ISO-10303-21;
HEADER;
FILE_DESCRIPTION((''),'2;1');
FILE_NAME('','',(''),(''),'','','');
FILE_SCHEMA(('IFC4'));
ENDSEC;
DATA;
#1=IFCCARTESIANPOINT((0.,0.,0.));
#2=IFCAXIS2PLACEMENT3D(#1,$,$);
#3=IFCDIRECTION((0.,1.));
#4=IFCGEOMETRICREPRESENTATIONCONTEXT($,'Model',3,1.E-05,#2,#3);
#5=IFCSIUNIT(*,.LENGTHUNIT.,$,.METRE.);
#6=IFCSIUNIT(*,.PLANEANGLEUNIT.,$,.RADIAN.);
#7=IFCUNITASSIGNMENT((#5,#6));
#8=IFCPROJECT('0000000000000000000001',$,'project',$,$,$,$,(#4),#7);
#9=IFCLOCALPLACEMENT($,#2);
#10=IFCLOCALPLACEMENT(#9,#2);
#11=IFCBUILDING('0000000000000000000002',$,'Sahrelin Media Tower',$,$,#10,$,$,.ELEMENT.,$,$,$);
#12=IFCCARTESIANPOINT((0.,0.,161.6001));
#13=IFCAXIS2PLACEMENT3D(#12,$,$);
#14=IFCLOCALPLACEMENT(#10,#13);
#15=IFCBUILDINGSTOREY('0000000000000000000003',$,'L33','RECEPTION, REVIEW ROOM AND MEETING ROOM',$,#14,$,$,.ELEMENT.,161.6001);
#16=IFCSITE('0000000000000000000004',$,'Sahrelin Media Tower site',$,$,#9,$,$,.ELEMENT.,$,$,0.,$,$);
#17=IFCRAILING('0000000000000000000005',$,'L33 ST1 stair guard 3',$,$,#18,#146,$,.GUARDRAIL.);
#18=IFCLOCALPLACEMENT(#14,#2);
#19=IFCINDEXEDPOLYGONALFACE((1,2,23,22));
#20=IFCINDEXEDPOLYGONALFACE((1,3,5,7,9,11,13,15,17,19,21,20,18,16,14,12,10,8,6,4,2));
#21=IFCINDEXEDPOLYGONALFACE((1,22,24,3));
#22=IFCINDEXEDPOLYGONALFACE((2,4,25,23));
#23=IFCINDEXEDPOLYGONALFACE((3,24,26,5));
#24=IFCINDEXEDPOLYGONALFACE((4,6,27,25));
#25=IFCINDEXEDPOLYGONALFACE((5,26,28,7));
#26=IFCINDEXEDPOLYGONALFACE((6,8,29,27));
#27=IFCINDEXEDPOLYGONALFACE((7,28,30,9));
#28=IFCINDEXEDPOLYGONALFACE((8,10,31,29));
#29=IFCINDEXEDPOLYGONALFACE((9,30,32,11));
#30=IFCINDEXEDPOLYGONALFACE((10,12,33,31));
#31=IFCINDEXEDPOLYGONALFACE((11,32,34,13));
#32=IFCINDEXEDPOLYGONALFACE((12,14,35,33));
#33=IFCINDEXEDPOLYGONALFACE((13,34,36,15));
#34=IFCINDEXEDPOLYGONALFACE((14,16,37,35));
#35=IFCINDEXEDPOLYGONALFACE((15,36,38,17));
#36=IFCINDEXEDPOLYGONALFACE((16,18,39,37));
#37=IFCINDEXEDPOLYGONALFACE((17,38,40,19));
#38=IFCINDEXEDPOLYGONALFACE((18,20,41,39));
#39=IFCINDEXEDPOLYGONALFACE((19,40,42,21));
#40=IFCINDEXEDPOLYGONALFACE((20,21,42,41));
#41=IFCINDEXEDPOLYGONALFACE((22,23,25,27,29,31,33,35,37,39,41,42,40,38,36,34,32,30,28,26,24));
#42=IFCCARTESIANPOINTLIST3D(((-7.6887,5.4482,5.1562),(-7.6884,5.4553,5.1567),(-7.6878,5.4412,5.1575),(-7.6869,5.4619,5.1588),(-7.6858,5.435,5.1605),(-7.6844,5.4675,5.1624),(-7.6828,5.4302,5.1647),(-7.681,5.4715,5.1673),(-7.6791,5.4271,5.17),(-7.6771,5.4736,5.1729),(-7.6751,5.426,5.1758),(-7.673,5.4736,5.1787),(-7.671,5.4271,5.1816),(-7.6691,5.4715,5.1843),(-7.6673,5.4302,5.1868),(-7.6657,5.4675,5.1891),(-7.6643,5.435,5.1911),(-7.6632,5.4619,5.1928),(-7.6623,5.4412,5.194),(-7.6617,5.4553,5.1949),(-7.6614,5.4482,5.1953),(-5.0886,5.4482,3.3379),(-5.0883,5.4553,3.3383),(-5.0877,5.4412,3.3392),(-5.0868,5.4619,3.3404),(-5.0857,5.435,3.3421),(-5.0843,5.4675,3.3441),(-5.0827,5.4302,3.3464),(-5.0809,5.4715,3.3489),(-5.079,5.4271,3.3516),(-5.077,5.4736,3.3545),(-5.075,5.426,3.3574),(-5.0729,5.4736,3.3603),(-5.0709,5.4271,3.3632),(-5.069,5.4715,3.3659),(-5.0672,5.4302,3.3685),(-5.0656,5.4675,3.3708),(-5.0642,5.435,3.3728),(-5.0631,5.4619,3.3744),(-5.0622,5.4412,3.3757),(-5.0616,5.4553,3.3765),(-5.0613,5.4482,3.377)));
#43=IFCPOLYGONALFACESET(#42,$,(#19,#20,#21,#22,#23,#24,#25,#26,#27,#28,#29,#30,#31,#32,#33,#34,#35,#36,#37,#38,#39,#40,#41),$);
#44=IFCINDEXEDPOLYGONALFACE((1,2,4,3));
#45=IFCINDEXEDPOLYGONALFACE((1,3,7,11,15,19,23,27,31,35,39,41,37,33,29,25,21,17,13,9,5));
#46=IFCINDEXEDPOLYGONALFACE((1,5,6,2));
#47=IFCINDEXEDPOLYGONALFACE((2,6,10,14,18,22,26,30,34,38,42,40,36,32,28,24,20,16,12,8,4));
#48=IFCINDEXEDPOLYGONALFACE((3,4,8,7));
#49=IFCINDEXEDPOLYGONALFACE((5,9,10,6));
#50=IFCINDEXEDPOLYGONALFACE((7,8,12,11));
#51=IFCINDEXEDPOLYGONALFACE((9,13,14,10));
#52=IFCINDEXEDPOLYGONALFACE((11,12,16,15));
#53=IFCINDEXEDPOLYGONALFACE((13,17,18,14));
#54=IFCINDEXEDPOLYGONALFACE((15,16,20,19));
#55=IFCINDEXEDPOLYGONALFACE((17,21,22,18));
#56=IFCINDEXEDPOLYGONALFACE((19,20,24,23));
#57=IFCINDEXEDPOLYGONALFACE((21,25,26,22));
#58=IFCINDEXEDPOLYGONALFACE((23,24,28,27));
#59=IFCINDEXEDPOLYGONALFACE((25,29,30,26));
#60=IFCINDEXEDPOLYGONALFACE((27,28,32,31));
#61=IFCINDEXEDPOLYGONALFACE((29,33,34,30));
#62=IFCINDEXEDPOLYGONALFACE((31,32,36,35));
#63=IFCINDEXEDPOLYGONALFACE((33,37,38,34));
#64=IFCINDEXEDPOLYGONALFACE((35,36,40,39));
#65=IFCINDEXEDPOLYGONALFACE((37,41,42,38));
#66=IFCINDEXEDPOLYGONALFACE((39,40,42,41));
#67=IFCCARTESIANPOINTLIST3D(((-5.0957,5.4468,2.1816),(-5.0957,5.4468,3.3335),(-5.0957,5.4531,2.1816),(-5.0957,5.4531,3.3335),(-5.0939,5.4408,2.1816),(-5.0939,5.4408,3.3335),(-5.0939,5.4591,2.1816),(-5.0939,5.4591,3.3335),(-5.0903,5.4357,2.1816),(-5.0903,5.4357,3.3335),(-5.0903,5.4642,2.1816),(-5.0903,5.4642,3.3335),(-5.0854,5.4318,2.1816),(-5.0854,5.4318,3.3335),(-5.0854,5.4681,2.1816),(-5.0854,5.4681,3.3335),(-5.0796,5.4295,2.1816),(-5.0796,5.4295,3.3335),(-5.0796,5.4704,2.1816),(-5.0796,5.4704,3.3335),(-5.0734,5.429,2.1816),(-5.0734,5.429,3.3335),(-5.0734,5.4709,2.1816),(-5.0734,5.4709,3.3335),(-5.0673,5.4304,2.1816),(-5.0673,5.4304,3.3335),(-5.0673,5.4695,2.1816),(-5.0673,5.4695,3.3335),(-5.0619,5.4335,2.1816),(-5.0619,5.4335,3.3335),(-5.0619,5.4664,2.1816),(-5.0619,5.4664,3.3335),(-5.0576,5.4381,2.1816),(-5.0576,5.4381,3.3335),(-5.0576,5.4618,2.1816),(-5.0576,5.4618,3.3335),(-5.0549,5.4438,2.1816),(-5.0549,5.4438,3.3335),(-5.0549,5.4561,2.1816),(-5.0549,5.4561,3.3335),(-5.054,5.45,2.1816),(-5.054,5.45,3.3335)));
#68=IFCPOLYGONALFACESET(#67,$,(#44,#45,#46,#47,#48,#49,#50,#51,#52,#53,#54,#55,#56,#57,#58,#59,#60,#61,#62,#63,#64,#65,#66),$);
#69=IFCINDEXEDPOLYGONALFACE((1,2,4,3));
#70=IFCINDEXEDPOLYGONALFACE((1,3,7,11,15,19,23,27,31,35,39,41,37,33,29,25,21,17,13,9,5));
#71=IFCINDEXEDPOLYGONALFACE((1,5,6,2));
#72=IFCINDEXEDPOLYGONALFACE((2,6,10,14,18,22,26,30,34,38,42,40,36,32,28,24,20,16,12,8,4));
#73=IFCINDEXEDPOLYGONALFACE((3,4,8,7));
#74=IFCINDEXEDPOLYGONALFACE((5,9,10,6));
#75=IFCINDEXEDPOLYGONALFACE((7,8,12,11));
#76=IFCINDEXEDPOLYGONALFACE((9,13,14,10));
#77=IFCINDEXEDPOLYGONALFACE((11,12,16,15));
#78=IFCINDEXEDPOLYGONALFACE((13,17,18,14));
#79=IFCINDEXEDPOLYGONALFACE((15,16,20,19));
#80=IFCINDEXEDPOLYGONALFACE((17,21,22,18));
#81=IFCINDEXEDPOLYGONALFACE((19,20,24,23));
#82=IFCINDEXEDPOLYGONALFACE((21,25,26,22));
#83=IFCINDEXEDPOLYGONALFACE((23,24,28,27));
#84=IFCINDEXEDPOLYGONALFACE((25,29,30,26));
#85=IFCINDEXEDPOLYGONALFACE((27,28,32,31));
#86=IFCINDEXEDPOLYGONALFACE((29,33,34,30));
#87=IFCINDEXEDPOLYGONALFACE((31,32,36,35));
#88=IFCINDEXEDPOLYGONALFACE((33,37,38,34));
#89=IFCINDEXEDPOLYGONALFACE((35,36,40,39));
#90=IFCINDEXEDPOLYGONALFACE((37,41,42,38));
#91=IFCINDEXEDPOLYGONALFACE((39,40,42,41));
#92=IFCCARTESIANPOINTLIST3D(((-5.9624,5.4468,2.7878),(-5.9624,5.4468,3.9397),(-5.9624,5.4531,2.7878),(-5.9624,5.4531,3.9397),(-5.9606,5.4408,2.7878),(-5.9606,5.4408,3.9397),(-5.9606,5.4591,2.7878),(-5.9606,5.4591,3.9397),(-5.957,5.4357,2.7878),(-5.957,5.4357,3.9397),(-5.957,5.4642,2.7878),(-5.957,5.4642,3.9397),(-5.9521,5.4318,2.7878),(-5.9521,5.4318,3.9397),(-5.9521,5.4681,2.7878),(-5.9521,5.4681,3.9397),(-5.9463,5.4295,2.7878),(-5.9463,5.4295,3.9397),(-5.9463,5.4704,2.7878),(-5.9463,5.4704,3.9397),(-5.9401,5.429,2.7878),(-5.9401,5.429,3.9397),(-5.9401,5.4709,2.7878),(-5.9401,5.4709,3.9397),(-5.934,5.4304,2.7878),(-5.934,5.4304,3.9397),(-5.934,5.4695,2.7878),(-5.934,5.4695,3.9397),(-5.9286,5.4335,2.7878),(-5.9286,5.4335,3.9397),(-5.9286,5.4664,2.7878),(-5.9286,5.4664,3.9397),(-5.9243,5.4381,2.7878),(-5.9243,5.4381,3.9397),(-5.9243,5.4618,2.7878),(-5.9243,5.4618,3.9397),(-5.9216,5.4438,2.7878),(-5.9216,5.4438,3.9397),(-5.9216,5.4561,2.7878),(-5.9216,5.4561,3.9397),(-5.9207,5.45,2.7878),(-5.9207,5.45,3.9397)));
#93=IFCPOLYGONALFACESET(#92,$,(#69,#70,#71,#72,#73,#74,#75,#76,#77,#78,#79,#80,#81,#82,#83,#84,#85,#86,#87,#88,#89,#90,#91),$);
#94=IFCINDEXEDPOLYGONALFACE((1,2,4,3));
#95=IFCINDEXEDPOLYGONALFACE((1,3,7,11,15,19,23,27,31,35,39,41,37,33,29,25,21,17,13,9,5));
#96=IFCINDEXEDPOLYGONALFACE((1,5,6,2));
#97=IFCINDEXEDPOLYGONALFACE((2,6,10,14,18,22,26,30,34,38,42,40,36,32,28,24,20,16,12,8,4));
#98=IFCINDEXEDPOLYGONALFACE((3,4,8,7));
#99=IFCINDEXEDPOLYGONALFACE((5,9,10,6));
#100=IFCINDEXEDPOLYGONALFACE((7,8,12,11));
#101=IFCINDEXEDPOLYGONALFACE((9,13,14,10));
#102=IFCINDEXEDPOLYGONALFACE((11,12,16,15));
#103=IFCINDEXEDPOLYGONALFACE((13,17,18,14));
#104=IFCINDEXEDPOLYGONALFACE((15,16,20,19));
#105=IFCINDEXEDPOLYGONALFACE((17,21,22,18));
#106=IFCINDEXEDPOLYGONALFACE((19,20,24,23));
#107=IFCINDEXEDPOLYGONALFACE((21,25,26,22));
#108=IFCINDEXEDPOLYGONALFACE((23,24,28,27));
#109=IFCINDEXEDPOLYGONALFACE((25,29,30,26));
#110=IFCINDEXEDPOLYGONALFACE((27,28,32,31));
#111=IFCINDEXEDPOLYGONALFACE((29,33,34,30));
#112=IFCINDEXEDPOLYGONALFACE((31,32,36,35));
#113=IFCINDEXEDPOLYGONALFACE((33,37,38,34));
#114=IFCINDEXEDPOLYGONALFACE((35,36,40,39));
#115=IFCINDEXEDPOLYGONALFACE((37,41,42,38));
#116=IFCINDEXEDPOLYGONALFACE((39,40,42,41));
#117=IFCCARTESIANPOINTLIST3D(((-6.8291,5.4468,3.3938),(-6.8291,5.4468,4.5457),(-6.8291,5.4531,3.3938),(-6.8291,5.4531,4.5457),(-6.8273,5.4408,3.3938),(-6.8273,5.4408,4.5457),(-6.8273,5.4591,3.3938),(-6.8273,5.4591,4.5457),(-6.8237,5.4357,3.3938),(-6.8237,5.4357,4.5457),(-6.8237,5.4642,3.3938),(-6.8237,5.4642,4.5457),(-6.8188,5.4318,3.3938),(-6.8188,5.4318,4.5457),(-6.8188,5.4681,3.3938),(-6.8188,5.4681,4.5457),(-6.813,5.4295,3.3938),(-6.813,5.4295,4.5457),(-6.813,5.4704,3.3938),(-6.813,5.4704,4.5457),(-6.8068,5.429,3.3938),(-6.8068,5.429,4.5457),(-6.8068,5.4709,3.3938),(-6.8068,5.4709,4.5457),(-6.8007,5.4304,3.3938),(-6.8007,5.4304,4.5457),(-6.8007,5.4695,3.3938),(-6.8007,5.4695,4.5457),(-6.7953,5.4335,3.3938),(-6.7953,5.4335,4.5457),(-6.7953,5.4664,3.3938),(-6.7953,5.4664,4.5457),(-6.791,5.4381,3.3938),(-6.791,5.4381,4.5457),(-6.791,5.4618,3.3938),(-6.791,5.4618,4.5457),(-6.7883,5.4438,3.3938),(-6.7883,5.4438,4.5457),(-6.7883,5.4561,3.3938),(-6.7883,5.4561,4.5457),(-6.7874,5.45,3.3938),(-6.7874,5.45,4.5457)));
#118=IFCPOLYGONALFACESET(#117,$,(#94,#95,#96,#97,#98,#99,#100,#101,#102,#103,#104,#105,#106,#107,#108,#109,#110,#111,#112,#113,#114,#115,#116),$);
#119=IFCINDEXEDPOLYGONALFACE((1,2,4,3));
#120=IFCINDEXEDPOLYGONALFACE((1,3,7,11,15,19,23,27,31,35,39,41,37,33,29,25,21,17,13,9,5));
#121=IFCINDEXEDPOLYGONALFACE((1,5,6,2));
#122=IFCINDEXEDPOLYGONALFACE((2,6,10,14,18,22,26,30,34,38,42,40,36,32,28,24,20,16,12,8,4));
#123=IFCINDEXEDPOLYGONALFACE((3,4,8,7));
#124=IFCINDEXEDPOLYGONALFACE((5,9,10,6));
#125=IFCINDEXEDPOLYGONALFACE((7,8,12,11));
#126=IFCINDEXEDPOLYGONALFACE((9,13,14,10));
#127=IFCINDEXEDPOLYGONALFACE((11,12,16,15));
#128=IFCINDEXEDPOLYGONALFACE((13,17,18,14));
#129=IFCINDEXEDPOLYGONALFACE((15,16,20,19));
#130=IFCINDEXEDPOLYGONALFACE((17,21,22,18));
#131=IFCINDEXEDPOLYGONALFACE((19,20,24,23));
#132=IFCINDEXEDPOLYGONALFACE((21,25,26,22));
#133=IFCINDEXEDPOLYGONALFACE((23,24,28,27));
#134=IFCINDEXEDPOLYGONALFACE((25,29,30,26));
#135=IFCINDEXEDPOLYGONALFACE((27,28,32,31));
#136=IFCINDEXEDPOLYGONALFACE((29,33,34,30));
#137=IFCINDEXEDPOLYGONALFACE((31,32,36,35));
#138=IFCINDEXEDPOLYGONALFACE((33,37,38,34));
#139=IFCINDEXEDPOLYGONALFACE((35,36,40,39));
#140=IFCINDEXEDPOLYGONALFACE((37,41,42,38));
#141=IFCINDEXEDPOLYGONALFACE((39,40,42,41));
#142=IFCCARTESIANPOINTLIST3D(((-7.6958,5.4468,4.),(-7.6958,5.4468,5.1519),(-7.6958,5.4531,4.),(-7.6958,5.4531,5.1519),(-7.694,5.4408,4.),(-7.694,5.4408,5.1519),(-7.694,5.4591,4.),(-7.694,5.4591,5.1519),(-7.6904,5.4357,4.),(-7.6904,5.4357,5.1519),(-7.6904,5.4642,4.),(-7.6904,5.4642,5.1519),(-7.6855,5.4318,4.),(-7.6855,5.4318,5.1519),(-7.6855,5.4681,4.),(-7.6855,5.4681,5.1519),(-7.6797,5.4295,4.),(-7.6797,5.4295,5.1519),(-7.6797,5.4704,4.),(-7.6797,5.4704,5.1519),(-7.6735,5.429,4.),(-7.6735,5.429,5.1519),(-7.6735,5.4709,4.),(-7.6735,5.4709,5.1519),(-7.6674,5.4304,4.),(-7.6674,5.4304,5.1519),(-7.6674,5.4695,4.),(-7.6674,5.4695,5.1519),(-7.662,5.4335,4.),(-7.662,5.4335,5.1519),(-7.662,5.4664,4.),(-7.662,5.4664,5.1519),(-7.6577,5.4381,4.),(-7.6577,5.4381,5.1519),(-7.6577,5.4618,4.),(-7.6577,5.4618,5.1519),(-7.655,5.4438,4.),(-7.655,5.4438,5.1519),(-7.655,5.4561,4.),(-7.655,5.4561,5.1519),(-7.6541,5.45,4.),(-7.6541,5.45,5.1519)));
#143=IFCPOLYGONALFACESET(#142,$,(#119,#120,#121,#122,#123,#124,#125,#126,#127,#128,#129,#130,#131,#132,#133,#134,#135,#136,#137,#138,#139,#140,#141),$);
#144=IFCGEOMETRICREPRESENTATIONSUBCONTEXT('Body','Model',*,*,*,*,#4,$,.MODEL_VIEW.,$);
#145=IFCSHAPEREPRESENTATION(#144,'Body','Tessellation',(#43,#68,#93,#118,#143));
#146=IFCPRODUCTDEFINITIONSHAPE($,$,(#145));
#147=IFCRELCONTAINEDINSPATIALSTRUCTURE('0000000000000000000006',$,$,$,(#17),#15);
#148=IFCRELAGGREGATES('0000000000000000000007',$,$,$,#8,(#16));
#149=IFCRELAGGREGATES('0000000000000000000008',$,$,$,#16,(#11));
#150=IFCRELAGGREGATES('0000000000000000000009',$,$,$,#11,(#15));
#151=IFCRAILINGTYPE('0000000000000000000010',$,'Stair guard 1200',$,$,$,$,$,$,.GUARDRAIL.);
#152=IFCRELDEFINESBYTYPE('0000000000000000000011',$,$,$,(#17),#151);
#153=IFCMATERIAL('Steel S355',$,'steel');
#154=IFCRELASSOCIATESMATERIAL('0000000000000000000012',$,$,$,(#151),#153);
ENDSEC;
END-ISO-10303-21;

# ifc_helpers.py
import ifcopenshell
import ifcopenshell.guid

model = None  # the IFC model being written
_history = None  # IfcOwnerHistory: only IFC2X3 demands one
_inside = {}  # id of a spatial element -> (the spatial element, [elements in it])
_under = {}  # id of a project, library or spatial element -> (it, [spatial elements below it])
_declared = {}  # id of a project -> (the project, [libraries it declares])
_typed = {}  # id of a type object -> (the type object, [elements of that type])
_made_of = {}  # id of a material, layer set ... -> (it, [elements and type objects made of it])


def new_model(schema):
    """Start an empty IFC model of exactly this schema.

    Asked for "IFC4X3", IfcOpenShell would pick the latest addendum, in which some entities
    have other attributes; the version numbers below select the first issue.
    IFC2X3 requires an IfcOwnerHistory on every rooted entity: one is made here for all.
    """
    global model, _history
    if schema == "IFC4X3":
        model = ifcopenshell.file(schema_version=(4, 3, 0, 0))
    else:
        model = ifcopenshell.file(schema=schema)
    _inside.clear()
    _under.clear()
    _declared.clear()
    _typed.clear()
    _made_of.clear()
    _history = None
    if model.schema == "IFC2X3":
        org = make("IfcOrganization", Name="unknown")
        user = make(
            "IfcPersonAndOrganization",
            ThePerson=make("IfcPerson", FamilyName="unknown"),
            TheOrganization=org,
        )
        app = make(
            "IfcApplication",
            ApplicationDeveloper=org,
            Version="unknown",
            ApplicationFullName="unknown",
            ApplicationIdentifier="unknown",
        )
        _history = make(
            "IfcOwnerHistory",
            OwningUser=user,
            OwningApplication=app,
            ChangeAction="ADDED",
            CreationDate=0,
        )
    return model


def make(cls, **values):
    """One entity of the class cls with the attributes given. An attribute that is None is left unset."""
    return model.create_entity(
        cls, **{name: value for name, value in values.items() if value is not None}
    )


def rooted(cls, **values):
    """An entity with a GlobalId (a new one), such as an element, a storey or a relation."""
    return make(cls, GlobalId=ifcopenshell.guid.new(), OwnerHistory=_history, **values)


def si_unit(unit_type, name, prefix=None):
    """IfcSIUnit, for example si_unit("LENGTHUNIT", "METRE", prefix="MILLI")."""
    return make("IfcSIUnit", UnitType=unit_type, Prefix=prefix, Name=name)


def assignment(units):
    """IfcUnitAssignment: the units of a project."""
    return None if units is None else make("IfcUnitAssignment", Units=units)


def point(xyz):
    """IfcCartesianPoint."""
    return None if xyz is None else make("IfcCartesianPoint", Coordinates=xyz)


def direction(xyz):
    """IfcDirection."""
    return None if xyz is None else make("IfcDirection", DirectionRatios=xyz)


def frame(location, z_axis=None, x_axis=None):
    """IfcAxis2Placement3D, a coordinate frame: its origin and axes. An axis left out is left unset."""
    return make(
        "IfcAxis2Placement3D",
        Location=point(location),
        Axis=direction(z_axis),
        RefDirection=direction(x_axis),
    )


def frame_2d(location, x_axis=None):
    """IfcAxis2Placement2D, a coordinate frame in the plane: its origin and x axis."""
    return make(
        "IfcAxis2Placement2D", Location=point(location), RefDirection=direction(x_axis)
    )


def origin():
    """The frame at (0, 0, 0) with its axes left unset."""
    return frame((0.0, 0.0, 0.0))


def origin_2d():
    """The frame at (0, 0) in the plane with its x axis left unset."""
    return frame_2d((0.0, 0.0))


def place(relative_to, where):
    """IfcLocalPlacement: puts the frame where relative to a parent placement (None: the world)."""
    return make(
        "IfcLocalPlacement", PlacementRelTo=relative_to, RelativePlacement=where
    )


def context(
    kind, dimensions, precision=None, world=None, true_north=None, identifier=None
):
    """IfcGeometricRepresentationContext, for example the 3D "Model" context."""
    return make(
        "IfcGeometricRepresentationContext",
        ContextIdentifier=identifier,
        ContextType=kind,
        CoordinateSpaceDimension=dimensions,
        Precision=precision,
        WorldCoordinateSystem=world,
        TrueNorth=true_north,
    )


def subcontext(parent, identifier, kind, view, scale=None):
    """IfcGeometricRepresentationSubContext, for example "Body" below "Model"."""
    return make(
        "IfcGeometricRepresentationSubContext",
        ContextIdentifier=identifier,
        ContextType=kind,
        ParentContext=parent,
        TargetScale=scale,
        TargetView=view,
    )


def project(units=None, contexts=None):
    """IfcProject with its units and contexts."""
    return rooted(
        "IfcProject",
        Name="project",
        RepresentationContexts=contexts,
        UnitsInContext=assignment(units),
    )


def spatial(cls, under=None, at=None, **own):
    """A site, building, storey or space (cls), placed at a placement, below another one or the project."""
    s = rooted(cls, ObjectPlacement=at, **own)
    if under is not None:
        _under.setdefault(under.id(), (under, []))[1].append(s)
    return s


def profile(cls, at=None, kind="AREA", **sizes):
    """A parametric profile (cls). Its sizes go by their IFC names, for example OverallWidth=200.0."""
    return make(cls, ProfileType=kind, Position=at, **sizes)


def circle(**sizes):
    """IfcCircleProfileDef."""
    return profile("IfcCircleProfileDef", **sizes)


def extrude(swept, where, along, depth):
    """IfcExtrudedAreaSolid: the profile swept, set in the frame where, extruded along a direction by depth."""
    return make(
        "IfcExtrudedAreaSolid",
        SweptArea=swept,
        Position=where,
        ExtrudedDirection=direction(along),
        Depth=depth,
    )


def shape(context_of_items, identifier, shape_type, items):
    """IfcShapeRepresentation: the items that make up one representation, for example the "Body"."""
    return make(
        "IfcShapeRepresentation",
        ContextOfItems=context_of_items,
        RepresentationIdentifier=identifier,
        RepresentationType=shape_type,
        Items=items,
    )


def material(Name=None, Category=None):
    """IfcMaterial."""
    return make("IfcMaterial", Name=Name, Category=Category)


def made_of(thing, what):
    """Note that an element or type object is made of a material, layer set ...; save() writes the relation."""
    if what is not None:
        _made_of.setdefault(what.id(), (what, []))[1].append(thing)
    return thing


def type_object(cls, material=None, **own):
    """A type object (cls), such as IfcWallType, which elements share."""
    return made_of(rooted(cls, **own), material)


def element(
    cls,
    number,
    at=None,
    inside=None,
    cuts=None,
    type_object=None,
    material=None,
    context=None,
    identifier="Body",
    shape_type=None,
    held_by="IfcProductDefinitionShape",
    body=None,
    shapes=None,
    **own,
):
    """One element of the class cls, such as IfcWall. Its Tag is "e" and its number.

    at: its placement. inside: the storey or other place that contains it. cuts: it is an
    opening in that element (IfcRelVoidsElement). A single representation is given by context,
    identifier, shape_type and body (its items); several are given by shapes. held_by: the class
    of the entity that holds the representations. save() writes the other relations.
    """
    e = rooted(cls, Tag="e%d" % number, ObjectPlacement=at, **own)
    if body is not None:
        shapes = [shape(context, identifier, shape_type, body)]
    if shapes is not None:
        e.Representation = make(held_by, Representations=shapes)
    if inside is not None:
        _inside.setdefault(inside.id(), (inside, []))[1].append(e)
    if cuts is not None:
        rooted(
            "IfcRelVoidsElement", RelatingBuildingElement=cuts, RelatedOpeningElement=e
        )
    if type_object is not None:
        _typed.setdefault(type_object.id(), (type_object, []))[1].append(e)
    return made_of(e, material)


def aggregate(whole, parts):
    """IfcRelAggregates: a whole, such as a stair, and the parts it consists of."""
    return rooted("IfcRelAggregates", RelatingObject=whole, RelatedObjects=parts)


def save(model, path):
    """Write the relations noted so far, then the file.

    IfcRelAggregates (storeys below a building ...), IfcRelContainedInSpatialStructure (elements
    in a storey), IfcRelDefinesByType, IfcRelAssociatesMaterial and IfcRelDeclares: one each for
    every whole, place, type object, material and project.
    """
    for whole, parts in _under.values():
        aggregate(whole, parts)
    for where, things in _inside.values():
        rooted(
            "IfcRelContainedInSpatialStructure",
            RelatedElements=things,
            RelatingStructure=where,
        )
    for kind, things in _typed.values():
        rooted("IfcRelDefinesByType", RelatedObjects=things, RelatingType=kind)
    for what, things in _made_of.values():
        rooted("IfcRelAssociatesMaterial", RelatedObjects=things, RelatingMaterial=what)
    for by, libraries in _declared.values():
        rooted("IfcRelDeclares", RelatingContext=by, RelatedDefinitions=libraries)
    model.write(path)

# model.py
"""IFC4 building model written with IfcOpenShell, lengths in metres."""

from ifc_helpers import new_model, si_unit, direction, frame, origin, origin_2d, place, context, subcontext, project, spatial, circle, extrude, material, type_object, element, save


model = new_model("IFC4")

# Units and contexts
model_context = context("Model", 3, precision=1e-05, world=origin(), true_north=direction((0.0, 1.0)))
body_context = subcontext(model_context, "Body", "Model", "MODEL_VIEW")
ifc_project = project(units=[si_unit("LENGTHUNIT", "METRE"), si_unit("PLANEANGLEUNIT", "RADIAN")], contexts=[model_context])

# Site, building, storey
site_placement = place(None, origin())
site = spatial("IfcSite", under=ifc_project, at=site_placement, Name="Sahrelin Media Tower site", CompositionType="ELEMENT", RefElevation=0.0)
building_placement = place(site_placement, origin())
building = spatial("IfcBuilding", under=site, at=building_placement, Name="Sahrelin Media Tower", CompositionType="ELEMENT")
storey_placement = place(building_placement, frame((0.0, 0.0, 161.6001)))
storey = spatial("IfcBuildingStorey", under=building, at=storey_placement, Name="L33", Description="RECEPTION, REVIEW ROOM AND MEETING ROOM", CompositionType="ELEMENT", Elevation=161.6001)

# Shared definitions
ifc_material_1 = material(Name="Steel S355", Category="steel")

# Railing
railing_type_1 = type_object("IfcRailingType", Name="Stair guard 1200", PredefinedType="GUARDRAIL", material=ifc_material_1)
railing_1_placement = place(storey_placement, frame((-5.075, 5.45, 2.1816)))
element("IfcRailing", 1, at=railing_1_placement, inside=storey, type_object=railing_type_1, Name="L33 ST1 stair guard 3", PredefinedType="GUARDRAIL", context=body_context, shape_type="SweptSolid", body=[
    extrude(circle(Radius=0.0239, at=origin_2d()), frame((0.0, 0.0, 1.1758), z_axis=(-0.819485, 0.0, 0.573101), x_axis=(0.0, -1.0, 0.0)), (0.0, 0.0, 1.0), 3.1729),
    extrude(circle(Radius=0.021, at=origin_2d()), origin(), (0.0, 0.0, 1.0), 1.1519),
    extrude(circle(Radius=0.021, at=origin_2d()), frame((-0.8667, 0.0, 0.6062)), (0.0, 0.0, 1.0), 1.1519),
    extrude(circle(Radius=0.021, at=origin_2d()), frame((-1.7334, 0.0, 1.2122)), (0.0, 0.0, 1.0), 1.1519),
    extrude(circle(Radius=0.021, at=origin_2d()), frame((-2.6001, 0.0, 1.8184)), (0.0, 0.0, 1.0), 1.1519),
])

save(model, "model.ifc")
